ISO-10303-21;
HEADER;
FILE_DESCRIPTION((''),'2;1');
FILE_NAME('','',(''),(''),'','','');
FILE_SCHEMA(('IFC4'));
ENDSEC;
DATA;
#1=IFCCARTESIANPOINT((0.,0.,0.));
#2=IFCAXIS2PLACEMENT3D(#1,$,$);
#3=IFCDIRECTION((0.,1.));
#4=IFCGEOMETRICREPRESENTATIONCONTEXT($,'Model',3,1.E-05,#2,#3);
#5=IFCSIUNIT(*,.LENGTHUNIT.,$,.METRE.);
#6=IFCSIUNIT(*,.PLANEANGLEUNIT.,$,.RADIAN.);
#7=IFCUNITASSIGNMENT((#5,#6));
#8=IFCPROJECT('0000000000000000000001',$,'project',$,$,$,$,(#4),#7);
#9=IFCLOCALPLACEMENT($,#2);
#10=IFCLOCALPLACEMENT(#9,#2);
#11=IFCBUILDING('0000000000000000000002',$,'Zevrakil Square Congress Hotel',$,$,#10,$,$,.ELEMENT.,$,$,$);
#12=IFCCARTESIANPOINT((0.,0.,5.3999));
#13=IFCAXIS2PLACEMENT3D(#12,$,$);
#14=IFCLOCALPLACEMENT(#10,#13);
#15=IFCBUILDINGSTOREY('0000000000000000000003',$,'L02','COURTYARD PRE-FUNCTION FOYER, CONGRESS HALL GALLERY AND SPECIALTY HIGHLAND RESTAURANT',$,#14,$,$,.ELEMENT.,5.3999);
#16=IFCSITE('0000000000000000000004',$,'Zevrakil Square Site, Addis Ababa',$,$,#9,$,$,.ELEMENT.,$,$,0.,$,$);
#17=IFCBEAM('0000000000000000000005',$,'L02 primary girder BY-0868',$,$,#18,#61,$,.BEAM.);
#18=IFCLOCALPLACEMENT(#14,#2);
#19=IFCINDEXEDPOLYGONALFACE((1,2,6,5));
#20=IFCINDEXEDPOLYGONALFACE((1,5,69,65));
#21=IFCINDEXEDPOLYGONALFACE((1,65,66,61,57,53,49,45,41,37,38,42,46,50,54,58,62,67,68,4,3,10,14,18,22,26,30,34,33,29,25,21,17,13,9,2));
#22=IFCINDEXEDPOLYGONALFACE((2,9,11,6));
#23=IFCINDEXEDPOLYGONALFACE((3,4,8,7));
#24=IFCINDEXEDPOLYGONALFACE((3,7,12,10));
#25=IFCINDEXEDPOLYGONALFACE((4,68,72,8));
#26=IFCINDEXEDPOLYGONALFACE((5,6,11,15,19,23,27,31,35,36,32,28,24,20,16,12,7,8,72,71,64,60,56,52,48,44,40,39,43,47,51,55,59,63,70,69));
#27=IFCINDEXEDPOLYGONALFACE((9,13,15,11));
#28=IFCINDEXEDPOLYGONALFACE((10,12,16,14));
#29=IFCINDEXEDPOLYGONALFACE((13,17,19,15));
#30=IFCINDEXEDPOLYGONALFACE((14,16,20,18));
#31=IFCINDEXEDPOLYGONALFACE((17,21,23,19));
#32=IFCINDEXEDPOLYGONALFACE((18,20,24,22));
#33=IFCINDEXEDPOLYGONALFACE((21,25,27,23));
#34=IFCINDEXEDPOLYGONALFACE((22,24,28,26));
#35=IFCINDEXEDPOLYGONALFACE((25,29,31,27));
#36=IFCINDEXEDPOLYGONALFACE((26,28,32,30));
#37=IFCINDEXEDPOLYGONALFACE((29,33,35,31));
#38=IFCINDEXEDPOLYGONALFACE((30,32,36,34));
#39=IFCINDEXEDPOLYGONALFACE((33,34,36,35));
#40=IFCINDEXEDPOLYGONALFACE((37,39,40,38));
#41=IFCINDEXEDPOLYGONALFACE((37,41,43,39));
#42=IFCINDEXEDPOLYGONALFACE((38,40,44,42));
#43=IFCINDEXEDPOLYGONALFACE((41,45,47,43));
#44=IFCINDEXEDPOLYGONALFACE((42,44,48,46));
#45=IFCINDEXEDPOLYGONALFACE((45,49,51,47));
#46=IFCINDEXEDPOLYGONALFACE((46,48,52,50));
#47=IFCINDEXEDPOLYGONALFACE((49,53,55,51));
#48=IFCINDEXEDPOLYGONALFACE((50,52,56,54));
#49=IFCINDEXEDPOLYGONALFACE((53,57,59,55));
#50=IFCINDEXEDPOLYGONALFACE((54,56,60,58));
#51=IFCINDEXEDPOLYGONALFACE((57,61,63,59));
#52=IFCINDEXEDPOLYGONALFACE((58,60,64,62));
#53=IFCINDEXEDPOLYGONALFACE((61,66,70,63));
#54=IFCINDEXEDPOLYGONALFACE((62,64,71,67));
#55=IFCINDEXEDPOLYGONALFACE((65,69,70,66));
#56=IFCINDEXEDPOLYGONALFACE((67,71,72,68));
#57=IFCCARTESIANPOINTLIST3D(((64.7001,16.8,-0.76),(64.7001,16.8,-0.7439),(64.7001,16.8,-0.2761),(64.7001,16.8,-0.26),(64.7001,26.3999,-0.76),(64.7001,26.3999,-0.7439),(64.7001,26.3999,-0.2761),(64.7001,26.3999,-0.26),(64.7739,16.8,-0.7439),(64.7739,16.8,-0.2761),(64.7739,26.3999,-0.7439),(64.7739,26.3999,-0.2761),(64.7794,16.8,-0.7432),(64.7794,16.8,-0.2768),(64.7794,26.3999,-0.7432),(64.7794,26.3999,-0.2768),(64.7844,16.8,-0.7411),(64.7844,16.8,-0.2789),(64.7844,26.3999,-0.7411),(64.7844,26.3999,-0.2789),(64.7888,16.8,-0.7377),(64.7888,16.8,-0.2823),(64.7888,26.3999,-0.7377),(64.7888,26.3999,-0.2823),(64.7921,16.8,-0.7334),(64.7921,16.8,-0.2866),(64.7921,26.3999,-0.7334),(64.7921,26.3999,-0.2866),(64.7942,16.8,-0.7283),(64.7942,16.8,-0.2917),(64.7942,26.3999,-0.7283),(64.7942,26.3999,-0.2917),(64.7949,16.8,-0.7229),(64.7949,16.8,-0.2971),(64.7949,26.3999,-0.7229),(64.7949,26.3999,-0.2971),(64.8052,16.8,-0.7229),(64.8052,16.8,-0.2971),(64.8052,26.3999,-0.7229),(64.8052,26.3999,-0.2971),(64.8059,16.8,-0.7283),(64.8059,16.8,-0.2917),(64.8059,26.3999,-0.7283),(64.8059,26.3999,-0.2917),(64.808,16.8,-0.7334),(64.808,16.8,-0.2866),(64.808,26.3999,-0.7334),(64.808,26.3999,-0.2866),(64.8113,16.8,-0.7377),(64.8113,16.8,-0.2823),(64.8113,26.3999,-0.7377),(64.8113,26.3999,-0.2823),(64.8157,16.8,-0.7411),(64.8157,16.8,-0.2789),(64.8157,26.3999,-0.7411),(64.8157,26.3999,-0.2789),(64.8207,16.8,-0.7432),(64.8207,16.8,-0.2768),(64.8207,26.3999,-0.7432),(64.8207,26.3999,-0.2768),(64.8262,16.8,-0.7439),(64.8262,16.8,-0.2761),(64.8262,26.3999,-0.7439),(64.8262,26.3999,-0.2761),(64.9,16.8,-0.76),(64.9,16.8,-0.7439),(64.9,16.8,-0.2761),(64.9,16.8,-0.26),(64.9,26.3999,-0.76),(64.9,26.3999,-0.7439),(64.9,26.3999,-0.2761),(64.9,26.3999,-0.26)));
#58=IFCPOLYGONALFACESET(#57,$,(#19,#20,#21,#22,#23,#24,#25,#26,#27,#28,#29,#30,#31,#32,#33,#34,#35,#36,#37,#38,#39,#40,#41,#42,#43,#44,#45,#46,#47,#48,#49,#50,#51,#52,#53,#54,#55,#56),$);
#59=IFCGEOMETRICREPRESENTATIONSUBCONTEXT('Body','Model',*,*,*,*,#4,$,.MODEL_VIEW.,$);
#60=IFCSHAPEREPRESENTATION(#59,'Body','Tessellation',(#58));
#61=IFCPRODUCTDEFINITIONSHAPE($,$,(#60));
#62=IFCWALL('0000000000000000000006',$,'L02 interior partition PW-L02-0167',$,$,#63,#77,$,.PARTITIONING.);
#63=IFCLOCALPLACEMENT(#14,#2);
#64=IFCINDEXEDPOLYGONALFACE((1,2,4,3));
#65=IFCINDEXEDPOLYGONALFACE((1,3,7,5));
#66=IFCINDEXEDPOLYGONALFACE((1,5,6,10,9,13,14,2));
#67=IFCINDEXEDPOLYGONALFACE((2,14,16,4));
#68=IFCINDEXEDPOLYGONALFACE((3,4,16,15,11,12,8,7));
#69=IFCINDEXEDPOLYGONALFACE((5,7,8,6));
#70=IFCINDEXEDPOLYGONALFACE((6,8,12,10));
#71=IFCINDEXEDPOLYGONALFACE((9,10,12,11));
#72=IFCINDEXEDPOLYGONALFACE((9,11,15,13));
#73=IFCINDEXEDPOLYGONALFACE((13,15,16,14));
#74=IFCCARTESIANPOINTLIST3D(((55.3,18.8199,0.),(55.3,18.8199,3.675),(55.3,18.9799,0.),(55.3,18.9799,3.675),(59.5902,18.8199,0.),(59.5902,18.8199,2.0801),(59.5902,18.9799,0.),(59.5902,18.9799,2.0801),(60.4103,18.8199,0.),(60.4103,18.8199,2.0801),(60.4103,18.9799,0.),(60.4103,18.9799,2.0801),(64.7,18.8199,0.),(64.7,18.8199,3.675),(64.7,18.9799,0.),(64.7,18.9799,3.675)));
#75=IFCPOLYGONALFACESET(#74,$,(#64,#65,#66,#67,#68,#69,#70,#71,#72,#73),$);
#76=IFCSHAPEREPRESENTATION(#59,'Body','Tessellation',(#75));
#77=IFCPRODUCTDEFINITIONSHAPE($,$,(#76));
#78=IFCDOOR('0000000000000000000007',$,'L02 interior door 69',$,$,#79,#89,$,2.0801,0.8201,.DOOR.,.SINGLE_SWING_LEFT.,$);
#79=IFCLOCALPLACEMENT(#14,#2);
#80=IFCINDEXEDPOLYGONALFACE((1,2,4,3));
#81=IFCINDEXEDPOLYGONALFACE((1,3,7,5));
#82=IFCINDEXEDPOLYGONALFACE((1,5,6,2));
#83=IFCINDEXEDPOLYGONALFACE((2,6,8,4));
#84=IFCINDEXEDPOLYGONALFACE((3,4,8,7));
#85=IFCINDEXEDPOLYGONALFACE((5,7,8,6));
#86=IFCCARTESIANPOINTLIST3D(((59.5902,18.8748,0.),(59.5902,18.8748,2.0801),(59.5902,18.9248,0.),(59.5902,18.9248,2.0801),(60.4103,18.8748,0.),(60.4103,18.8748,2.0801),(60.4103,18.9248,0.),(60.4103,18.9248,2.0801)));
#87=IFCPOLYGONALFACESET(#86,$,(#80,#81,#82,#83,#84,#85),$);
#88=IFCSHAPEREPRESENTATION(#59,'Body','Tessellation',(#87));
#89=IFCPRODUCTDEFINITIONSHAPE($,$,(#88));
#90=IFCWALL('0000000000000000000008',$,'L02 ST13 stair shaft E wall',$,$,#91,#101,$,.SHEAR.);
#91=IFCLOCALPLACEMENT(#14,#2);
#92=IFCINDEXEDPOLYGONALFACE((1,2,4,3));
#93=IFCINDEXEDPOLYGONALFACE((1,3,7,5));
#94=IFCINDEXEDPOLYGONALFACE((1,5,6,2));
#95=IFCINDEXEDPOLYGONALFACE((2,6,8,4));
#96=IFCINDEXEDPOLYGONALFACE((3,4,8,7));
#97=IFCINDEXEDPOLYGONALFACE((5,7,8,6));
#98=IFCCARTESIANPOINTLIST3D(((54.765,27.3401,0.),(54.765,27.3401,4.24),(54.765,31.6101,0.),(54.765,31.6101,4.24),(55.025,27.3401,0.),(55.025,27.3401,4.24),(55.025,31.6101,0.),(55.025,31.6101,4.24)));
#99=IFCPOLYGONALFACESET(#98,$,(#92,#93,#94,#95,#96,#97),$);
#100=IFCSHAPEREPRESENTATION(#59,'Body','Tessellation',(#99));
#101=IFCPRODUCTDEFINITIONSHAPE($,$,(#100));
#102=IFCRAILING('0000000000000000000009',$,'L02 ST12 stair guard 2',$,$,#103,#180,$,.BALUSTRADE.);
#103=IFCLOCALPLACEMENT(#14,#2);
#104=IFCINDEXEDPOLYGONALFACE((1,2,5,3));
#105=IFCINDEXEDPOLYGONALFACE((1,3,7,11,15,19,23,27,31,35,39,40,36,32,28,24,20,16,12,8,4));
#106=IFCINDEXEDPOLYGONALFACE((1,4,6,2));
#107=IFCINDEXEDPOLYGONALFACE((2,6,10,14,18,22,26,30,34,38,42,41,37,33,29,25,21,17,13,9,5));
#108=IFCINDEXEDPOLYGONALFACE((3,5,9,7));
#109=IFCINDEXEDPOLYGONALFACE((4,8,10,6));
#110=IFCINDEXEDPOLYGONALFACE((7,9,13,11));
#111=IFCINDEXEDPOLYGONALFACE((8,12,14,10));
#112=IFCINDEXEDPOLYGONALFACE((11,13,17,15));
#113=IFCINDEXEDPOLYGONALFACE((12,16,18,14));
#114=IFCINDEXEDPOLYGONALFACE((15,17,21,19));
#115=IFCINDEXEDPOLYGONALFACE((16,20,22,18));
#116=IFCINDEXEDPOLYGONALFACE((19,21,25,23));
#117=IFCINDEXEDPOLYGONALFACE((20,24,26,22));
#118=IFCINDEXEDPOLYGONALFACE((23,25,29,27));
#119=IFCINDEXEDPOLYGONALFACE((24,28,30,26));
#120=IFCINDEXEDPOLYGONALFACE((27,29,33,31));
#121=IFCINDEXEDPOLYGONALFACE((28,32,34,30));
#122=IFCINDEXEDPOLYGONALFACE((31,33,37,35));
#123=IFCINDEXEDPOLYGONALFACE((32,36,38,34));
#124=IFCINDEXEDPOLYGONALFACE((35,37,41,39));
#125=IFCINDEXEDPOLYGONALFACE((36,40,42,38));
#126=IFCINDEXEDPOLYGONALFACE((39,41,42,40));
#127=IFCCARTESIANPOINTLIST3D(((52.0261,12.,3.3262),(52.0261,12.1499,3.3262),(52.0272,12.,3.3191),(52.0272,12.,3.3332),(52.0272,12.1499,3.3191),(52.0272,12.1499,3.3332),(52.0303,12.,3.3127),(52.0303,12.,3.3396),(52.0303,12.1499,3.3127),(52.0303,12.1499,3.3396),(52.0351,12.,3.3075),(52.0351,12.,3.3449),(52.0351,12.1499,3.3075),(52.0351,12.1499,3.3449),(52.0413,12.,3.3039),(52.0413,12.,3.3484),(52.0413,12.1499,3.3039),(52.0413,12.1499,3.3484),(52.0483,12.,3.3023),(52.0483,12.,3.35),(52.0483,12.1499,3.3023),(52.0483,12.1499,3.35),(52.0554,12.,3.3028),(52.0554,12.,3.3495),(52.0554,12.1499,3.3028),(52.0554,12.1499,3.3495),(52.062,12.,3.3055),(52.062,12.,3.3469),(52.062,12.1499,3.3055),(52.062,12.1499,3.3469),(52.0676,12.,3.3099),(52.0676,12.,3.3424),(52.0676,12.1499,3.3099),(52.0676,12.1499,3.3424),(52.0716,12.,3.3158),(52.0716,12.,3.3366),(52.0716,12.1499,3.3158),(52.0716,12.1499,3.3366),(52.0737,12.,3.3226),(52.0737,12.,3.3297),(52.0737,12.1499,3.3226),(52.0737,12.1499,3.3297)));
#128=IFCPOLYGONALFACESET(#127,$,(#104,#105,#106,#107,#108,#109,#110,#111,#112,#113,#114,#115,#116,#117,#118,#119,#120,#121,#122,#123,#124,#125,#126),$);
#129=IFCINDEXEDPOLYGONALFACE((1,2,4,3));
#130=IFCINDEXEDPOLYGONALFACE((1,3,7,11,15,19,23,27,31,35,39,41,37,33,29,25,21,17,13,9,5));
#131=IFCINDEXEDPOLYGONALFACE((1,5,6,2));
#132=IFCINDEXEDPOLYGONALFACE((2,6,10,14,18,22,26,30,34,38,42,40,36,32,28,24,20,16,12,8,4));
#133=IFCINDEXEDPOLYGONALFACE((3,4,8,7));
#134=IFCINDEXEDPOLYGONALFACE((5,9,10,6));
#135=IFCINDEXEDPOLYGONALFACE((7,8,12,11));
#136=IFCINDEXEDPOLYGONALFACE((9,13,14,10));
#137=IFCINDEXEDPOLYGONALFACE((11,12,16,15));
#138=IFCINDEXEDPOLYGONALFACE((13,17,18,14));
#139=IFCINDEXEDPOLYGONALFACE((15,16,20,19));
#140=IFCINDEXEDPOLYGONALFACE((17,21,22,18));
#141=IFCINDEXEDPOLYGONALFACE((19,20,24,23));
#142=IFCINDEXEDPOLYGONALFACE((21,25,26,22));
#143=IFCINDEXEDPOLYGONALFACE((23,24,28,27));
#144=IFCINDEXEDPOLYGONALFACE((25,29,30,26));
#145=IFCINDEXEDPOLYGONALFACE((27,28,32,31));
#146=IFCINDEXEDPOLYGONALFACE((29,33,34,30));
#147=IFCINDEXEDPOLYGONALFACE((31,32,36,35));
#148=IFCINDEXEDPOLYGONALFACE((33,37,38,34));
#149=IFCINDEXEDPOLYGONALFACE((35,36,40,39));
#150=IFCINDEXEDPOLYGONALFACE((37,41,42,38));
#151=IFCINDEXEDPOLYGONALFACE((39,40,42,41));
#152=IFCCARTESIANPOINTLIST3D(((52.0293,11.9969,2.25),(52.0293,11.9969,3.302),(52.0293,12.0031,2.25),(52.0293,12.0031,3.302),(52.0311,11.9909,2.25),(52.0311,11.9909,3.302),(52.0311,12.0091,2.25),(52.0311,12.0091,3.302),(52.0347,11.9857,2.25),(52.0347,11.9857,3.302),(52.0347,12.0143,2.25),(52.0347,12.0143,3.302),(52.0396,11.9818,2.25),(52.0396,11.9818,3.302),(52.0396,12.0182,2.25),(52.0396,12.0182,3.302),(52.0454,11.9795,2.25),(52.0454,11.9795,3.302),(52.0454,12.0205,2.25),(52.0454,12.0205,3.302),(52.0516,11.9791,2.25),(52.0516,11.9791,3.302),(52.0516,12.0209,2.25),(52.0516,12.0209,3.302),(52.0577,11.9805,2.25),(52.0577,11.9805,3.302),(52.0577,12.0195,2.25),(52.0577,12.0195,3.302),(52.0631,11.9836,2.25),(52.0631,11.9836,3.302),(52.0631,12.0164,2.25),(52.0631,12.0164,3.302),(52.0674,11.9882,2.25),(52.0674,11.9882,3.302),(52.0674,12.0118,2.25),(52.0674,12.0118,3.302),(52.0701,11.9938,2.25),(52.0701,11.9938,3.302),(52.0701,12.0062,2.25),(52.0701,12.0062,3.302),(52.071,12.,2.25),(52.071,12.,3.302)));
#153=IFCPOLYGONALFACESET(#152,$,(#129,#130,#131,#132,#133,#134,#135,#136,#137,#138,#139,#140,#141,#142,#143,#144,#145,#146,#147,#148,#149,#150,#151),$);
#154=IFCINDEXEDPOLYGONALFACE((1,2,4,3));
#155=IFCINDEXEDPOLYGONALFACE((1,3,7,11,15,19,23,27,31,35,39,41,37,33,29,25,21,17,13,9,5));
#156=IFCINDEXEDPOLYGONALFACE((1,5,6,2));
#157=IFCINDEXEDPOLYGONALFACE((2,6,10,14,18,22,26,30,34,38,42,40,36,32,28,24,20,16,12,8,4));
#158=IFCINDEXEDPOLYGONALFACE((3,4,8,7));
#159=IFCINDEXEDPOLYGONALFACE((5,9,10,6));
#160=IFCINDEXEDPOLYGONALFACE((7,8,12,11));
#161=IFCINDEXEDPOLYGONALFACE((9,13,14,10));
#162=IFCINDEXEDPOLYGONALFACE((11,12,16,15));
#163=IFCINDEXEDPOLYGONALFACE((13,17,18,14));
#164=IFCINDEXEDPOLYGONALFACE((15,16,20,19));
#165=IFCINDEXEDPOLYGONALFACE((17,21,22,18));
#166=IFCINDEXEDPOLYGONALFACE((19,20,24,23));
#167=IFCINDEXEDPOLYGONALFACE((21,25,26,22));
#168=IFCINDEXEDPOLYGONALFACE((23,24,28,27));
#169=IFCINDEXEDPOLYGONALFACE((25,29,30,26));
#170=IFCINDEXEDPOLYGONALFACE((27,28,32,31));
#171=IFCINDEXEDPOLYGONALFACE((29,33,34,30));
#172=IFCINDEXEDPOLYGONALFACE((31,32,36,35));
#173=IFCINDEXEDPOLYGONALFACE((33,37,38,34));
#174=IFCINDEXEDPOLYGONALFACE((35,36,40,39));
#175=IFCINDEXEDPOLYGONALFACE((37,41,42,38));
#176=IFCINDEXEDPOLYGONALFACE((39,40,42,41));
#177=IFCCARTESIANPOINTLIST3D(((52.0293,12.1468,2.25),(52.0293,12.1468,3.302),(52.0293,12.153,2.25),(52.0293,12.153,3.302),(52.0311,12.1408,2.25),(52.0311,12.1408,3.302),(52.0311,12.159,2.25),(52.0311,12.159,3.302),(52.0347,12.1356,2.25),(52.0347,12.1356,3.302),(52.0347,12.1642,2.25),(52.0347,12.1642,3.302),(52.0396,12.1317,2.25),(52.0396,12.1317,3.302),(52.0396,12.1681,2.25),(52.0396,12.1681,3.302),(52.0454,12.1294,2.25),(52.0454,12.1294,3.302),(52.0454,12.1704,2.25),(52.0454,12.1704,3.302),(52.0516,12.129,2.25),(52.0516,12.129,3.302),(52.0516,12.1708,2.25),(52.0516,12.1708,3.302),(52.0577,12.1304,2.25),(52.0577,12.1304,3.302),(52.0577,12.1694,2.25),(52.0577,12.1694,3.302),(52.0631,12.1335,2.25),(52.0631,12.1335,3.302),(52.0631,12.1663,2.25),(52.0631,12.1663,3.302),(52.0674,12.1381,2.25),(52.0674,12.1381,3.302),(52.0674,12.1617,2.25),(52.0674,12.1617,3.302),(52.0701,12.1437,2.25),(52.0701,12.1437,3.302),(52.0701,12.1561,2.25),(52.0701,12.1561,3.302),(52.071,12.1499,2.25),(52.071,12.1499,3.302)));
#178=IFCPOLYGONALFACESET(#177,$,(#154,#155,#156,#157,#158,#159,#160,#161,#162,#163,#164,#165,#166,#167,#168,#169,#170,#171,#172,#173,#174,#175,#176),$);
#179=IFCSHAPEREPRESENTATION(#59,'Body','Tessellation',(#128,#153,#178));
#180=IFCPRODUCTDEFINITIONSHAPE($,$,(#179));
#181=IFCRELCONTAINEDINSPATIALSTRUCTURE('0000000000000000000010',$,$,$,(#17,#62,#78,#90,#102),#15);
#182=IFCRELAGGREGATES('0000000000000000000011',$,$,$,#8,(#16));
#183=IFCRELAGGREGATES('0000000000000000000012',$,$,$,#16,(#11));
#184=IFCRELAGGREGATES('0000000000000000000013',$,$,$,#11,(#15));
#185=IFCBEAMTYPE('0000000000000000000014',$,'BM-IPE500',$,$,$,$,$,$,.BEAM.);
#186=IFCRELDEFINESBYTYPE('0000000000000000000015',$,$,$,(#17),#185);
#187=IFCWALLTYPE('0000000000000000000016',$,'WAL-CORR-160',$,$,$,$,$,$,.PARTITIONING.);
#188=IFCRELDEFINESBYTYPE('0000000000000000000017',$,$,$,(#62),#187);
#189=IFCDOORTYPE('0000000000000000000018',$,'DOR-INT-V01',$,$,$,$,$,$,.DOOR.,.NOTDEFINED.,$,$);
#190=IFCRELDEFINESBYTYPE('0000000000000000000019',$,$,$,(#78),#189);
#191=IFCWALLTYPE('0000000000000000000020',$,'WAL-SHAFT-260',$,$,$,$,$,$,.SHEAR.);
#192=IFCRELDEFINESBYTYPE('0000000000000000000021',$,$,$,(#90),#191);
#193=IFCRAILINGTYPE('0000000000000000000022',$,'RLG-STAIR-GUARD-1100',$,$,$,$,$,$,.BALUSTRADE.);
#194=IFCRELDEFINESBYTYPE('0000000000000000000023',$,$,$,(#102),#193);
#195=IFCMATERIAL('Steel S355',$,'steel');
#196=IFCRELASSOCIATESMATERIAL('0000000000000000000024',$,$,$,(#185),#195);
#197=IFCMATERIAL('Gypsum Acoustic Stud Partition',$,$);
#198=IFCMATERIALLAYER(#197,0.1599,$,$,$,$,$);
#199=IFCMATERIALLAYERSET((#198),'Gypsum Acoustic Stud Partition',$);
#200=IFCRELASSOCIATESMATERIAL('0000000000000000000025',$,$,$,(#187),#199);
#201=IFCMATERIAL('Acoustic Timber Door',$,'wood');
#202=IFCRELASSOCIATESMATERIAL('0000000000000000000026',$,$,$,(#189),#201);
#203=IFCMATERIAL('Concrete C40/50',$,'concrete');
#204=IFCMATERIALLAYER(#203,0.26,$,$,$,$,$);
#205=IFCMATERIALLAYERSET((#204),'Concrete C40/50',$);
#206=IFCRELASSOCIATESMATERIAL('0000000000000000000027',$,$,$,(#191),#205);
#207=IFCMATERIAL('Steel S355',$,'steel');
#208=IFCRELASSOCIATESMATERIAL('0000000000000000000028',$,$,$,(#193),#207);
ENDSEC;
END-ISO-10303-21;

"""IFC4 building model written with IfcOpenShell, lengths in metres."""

from ifc_helpers import new_model, si_unit, direction, frame, frame_2d, origin, origin_2d, place, context, subcontext, project, spatial, rectangle, circle, i_section, extrude, material, layer, layer_set, material_profile, profile_set, type_object, element, fill, save


model = new_model("IFC4")

# Units and contexts
model_context = context("Model", 3, precision=1e-05, world=origin(), true_north=direction((0.0, 1.0)))
body_context = subcontext(model_context, "Body", "Model", "MODEL_VIEW")
ifc_project = project(units=[si_unit("LENGTHUNIT", "METRE"), si_unit("PLANEANGLEUNIT", "RADIAN")], contexts=[model_context])

# Site, building, storey
site_placement = place(None, origin())
site = spatial("IfcSite", under=ifc_project, at=site_placement, Name="Zevrakil Square Site, Addis Ababa", CompositionType="ELEMENT", RefElevation=0.0)
building_placement = place(site_placement, origin())
building = spatial("IfcBuilding", under=site, at=building_placement, Name="Zevrakil Square Congress Hotel", CompositionType="ELEMENT")
storey_placement = place(building_placement, frame((0.0, 0.0, 5.3999)))
storey = spatial("IfcBuildingStorey", under=building, at=storey_placement, Name="L02", Description="COURTYARD PRE-FUNCTION FOYER, CONGRESS HALL GALLERY AND SPECIALTY HIGHLAND RESTAURANT", CompositionType="ELEMENT", Elevation=5.3999)

# Beam
ifc_material_1 = material(Name="Steel S355", Category="steel")
ifc_material_profile_1 = material_profile(ifc_material_1, i_section(OverallWidth=0.2, OverallDepth=0.5, WebThickness=0.0103, FlangeThickness=0.0161, FilletRadius=0.021, at=origin_2d()), Name="IPE 500")
ifc_profile_set_1 = profile_set([ifc_material_profile_1], Name="Steel S355")
beam_type_1 = type_object("IfcBeamType", Name="BM-IPE500", PredefinedType="BEAM", material=ifc_profile_set_1)
beam_1_placement = place(storey_placement, frame((64.8, 16.8, -0.51), z_axis=(0.0, 1.0, 0.0), x_axis=(-1.0, 0.0, 0.0)))
element("IfcBeam", 1, at=beam_1_placement, inside=storey, type_object=beam_type_1, Name="L02 primary girder BY-0868", PredefinedType="BEAM", context=body_context, shape_type="SweptSolid", body=[
    extrude(i_section(OverallWidth=0.2, OverallDepth=0.5, WebThickness=0.0103, FlangeThickness=0.0161, FilletRadius=0.021, at=origin_2d()), origin(), (0.0, 0.0, 1.0), 9.5999),
])

# Wall, opening, door
ifc_material_2 = material(Name="Gypsum Acoustic Stud Partition")
ifc_layer_1 = layer(ifc_material_2, 0.1599)
ifc_layer_set_1 = layer_set([ifc_layer_1], Name="Gypsum Acoustic Stud Partition")
wall_type_1 = type_object("IfcWallType", Name="WAL-CORR-160", PredefinedType="PARTITIONING", material=ifc_layer_set_1)
wall_1_placement = place(storey_placement, frame((55.3, 18.8999, 0.0), z_axis=(0.0, 0.0, 1.0), x_axis=(1.0, 0.0, 0.0)))
wall_1 = element("IfcWall", 2, at=wall_1_placement, inside=storey, type_object=wall_type_1, Name="L02 interior partition PW-L02-0167", PredefinedType="PARTITIONING", context=body_context, shape_type="SweptSolid", body=[
    extrude(rectangle(XDim=9.3999, YDim=0.1599, at=frame_2d((4.7, 0.0))), origin(), (0.0, 0.0, 1.0), 3.675),
])
opening_placement = place(wall_1_placement, frame((4.29, 0.0, 0.0)))
opening = element("IfcOpeningElement", 3, at=opening_placement, cuts=wall_1, PredefinedType="OPENING", context=body_context, shape_type="SweptSolid", body=[
    extrude(rectangle(XDim=0.8201, YDim=2.0801, at=frame_2d((0.4102, 1.04))), frame((0.0, 0.0898, 0.0), z_axis=(0.0, -1.0, 0.0), x_axis=(1.0, 0.0, 0.0)), (0.0, 0.0, 1.0), 0.1799),
])
ifc_material_3 = material(Name="Acoustic Timber Door", Category="wood")
door_type = type_object("IfcDoorType", Name="DOR-INT-V01", OperationType="NOTDEFINED", PredefinedType="DOOR", material=ifc_material_3)
door_placement = place(opening_placement, origin())
door = element("IfcDoor", 4, at=door_placement, inside=storey, type_object=door_type, Name="L02 interior door 69", OperationType="SINGLE_SWING_LEFT", OverallHeight=2.0801, OverallWidth=0.8201, PredefinedType="DOOR", context=body_context, shape_type="SweptSolid", body=[
    extrude(rectangle(XDim=0.8201, YDim=2.0801, at=frame_2d((0.4102, 1.04))), frame((0.0, 0.0249, 0.0), z_axis=(0.0, -1.0, 0.0), x_axis=(1.0, 0.0, 0.0)), (0.0, 0.0, 1.0), 0.05),
])
fill(opening, door)

# Wall
ifc_material_4 = material(Name="Concrete C40/50", Category="concrete")
ifc_layer_2 = layer(ifc_material_4, 0.26)
ifc_layer_set_2 = layer_set([ifc_layer_2], Name="Concrete C40/50")
wall_type_2 = type_object("IfcWallType", Name="WAL-SHAFT-260", PredefinedType="SHEAR", material=ifc_layer_set_2)
wall_2_placement = place(storey_placement, frame((54.895, 27.3401, 0.0), z_axis=(0.0, 0.0, 1.0), x_axis=(0.0, 1.0, 0.0)))
element("IfcWall", 5, at=wall_2_placement, inside=storey, type_object=wall_type_2, Name="L02 ST13 stair shaft E wall", PredefinedType="SHEAR", context=body_context, shape_type="SweptSolid", body=[
    extrude(rectangle(XDim=4.27, YDim=0.26, at=frame_2d((2.135, 0.0))), origin(), (0.0, 0.0, 1.0), 4.24),
])

# Railing
ifc_material_5 = material(Name="Steel S355", Category="steel")
railing_type_1 = type_object("IfcRailingType", Name="RLG-STAIR-GUARD-1100", PredefinedType="BALUSTRADE", material=ifc_material_5)
railing_1_placement = place(storey_placement, frame((52.05, 12.0, 2.25)))
element("IfcRailing", 6, at=railing_1_placement, inside=storey, type_object=railing_type_1, Name="L02 ST12 stair guard 2", PredefinedType="BALUSTRADE", context=body_context, shape_type="SweptSolid", body=[
    extrude(circle(Radius=0.0239, at=origin_2d()), frame((0.0, 0.0, 1.0762), z_axis=(0.0, 1.0, 0.0), x_axis=(-1.0, 0.0, 0.0)), (0.0, 0.0, 1.0), 0.1499),
    extrude(circle(Radius=0.021, at=origin_2d()), origin(), (0.0, 0.0, 1.0), 1.052),
    extrude(circle(Radius=0.021, at=origin_2d()), frame((0.0, 0.1499, 0.0)), (0.0, 0.0, 1.0), 1.052),
])

save(model, "model.ifc")
